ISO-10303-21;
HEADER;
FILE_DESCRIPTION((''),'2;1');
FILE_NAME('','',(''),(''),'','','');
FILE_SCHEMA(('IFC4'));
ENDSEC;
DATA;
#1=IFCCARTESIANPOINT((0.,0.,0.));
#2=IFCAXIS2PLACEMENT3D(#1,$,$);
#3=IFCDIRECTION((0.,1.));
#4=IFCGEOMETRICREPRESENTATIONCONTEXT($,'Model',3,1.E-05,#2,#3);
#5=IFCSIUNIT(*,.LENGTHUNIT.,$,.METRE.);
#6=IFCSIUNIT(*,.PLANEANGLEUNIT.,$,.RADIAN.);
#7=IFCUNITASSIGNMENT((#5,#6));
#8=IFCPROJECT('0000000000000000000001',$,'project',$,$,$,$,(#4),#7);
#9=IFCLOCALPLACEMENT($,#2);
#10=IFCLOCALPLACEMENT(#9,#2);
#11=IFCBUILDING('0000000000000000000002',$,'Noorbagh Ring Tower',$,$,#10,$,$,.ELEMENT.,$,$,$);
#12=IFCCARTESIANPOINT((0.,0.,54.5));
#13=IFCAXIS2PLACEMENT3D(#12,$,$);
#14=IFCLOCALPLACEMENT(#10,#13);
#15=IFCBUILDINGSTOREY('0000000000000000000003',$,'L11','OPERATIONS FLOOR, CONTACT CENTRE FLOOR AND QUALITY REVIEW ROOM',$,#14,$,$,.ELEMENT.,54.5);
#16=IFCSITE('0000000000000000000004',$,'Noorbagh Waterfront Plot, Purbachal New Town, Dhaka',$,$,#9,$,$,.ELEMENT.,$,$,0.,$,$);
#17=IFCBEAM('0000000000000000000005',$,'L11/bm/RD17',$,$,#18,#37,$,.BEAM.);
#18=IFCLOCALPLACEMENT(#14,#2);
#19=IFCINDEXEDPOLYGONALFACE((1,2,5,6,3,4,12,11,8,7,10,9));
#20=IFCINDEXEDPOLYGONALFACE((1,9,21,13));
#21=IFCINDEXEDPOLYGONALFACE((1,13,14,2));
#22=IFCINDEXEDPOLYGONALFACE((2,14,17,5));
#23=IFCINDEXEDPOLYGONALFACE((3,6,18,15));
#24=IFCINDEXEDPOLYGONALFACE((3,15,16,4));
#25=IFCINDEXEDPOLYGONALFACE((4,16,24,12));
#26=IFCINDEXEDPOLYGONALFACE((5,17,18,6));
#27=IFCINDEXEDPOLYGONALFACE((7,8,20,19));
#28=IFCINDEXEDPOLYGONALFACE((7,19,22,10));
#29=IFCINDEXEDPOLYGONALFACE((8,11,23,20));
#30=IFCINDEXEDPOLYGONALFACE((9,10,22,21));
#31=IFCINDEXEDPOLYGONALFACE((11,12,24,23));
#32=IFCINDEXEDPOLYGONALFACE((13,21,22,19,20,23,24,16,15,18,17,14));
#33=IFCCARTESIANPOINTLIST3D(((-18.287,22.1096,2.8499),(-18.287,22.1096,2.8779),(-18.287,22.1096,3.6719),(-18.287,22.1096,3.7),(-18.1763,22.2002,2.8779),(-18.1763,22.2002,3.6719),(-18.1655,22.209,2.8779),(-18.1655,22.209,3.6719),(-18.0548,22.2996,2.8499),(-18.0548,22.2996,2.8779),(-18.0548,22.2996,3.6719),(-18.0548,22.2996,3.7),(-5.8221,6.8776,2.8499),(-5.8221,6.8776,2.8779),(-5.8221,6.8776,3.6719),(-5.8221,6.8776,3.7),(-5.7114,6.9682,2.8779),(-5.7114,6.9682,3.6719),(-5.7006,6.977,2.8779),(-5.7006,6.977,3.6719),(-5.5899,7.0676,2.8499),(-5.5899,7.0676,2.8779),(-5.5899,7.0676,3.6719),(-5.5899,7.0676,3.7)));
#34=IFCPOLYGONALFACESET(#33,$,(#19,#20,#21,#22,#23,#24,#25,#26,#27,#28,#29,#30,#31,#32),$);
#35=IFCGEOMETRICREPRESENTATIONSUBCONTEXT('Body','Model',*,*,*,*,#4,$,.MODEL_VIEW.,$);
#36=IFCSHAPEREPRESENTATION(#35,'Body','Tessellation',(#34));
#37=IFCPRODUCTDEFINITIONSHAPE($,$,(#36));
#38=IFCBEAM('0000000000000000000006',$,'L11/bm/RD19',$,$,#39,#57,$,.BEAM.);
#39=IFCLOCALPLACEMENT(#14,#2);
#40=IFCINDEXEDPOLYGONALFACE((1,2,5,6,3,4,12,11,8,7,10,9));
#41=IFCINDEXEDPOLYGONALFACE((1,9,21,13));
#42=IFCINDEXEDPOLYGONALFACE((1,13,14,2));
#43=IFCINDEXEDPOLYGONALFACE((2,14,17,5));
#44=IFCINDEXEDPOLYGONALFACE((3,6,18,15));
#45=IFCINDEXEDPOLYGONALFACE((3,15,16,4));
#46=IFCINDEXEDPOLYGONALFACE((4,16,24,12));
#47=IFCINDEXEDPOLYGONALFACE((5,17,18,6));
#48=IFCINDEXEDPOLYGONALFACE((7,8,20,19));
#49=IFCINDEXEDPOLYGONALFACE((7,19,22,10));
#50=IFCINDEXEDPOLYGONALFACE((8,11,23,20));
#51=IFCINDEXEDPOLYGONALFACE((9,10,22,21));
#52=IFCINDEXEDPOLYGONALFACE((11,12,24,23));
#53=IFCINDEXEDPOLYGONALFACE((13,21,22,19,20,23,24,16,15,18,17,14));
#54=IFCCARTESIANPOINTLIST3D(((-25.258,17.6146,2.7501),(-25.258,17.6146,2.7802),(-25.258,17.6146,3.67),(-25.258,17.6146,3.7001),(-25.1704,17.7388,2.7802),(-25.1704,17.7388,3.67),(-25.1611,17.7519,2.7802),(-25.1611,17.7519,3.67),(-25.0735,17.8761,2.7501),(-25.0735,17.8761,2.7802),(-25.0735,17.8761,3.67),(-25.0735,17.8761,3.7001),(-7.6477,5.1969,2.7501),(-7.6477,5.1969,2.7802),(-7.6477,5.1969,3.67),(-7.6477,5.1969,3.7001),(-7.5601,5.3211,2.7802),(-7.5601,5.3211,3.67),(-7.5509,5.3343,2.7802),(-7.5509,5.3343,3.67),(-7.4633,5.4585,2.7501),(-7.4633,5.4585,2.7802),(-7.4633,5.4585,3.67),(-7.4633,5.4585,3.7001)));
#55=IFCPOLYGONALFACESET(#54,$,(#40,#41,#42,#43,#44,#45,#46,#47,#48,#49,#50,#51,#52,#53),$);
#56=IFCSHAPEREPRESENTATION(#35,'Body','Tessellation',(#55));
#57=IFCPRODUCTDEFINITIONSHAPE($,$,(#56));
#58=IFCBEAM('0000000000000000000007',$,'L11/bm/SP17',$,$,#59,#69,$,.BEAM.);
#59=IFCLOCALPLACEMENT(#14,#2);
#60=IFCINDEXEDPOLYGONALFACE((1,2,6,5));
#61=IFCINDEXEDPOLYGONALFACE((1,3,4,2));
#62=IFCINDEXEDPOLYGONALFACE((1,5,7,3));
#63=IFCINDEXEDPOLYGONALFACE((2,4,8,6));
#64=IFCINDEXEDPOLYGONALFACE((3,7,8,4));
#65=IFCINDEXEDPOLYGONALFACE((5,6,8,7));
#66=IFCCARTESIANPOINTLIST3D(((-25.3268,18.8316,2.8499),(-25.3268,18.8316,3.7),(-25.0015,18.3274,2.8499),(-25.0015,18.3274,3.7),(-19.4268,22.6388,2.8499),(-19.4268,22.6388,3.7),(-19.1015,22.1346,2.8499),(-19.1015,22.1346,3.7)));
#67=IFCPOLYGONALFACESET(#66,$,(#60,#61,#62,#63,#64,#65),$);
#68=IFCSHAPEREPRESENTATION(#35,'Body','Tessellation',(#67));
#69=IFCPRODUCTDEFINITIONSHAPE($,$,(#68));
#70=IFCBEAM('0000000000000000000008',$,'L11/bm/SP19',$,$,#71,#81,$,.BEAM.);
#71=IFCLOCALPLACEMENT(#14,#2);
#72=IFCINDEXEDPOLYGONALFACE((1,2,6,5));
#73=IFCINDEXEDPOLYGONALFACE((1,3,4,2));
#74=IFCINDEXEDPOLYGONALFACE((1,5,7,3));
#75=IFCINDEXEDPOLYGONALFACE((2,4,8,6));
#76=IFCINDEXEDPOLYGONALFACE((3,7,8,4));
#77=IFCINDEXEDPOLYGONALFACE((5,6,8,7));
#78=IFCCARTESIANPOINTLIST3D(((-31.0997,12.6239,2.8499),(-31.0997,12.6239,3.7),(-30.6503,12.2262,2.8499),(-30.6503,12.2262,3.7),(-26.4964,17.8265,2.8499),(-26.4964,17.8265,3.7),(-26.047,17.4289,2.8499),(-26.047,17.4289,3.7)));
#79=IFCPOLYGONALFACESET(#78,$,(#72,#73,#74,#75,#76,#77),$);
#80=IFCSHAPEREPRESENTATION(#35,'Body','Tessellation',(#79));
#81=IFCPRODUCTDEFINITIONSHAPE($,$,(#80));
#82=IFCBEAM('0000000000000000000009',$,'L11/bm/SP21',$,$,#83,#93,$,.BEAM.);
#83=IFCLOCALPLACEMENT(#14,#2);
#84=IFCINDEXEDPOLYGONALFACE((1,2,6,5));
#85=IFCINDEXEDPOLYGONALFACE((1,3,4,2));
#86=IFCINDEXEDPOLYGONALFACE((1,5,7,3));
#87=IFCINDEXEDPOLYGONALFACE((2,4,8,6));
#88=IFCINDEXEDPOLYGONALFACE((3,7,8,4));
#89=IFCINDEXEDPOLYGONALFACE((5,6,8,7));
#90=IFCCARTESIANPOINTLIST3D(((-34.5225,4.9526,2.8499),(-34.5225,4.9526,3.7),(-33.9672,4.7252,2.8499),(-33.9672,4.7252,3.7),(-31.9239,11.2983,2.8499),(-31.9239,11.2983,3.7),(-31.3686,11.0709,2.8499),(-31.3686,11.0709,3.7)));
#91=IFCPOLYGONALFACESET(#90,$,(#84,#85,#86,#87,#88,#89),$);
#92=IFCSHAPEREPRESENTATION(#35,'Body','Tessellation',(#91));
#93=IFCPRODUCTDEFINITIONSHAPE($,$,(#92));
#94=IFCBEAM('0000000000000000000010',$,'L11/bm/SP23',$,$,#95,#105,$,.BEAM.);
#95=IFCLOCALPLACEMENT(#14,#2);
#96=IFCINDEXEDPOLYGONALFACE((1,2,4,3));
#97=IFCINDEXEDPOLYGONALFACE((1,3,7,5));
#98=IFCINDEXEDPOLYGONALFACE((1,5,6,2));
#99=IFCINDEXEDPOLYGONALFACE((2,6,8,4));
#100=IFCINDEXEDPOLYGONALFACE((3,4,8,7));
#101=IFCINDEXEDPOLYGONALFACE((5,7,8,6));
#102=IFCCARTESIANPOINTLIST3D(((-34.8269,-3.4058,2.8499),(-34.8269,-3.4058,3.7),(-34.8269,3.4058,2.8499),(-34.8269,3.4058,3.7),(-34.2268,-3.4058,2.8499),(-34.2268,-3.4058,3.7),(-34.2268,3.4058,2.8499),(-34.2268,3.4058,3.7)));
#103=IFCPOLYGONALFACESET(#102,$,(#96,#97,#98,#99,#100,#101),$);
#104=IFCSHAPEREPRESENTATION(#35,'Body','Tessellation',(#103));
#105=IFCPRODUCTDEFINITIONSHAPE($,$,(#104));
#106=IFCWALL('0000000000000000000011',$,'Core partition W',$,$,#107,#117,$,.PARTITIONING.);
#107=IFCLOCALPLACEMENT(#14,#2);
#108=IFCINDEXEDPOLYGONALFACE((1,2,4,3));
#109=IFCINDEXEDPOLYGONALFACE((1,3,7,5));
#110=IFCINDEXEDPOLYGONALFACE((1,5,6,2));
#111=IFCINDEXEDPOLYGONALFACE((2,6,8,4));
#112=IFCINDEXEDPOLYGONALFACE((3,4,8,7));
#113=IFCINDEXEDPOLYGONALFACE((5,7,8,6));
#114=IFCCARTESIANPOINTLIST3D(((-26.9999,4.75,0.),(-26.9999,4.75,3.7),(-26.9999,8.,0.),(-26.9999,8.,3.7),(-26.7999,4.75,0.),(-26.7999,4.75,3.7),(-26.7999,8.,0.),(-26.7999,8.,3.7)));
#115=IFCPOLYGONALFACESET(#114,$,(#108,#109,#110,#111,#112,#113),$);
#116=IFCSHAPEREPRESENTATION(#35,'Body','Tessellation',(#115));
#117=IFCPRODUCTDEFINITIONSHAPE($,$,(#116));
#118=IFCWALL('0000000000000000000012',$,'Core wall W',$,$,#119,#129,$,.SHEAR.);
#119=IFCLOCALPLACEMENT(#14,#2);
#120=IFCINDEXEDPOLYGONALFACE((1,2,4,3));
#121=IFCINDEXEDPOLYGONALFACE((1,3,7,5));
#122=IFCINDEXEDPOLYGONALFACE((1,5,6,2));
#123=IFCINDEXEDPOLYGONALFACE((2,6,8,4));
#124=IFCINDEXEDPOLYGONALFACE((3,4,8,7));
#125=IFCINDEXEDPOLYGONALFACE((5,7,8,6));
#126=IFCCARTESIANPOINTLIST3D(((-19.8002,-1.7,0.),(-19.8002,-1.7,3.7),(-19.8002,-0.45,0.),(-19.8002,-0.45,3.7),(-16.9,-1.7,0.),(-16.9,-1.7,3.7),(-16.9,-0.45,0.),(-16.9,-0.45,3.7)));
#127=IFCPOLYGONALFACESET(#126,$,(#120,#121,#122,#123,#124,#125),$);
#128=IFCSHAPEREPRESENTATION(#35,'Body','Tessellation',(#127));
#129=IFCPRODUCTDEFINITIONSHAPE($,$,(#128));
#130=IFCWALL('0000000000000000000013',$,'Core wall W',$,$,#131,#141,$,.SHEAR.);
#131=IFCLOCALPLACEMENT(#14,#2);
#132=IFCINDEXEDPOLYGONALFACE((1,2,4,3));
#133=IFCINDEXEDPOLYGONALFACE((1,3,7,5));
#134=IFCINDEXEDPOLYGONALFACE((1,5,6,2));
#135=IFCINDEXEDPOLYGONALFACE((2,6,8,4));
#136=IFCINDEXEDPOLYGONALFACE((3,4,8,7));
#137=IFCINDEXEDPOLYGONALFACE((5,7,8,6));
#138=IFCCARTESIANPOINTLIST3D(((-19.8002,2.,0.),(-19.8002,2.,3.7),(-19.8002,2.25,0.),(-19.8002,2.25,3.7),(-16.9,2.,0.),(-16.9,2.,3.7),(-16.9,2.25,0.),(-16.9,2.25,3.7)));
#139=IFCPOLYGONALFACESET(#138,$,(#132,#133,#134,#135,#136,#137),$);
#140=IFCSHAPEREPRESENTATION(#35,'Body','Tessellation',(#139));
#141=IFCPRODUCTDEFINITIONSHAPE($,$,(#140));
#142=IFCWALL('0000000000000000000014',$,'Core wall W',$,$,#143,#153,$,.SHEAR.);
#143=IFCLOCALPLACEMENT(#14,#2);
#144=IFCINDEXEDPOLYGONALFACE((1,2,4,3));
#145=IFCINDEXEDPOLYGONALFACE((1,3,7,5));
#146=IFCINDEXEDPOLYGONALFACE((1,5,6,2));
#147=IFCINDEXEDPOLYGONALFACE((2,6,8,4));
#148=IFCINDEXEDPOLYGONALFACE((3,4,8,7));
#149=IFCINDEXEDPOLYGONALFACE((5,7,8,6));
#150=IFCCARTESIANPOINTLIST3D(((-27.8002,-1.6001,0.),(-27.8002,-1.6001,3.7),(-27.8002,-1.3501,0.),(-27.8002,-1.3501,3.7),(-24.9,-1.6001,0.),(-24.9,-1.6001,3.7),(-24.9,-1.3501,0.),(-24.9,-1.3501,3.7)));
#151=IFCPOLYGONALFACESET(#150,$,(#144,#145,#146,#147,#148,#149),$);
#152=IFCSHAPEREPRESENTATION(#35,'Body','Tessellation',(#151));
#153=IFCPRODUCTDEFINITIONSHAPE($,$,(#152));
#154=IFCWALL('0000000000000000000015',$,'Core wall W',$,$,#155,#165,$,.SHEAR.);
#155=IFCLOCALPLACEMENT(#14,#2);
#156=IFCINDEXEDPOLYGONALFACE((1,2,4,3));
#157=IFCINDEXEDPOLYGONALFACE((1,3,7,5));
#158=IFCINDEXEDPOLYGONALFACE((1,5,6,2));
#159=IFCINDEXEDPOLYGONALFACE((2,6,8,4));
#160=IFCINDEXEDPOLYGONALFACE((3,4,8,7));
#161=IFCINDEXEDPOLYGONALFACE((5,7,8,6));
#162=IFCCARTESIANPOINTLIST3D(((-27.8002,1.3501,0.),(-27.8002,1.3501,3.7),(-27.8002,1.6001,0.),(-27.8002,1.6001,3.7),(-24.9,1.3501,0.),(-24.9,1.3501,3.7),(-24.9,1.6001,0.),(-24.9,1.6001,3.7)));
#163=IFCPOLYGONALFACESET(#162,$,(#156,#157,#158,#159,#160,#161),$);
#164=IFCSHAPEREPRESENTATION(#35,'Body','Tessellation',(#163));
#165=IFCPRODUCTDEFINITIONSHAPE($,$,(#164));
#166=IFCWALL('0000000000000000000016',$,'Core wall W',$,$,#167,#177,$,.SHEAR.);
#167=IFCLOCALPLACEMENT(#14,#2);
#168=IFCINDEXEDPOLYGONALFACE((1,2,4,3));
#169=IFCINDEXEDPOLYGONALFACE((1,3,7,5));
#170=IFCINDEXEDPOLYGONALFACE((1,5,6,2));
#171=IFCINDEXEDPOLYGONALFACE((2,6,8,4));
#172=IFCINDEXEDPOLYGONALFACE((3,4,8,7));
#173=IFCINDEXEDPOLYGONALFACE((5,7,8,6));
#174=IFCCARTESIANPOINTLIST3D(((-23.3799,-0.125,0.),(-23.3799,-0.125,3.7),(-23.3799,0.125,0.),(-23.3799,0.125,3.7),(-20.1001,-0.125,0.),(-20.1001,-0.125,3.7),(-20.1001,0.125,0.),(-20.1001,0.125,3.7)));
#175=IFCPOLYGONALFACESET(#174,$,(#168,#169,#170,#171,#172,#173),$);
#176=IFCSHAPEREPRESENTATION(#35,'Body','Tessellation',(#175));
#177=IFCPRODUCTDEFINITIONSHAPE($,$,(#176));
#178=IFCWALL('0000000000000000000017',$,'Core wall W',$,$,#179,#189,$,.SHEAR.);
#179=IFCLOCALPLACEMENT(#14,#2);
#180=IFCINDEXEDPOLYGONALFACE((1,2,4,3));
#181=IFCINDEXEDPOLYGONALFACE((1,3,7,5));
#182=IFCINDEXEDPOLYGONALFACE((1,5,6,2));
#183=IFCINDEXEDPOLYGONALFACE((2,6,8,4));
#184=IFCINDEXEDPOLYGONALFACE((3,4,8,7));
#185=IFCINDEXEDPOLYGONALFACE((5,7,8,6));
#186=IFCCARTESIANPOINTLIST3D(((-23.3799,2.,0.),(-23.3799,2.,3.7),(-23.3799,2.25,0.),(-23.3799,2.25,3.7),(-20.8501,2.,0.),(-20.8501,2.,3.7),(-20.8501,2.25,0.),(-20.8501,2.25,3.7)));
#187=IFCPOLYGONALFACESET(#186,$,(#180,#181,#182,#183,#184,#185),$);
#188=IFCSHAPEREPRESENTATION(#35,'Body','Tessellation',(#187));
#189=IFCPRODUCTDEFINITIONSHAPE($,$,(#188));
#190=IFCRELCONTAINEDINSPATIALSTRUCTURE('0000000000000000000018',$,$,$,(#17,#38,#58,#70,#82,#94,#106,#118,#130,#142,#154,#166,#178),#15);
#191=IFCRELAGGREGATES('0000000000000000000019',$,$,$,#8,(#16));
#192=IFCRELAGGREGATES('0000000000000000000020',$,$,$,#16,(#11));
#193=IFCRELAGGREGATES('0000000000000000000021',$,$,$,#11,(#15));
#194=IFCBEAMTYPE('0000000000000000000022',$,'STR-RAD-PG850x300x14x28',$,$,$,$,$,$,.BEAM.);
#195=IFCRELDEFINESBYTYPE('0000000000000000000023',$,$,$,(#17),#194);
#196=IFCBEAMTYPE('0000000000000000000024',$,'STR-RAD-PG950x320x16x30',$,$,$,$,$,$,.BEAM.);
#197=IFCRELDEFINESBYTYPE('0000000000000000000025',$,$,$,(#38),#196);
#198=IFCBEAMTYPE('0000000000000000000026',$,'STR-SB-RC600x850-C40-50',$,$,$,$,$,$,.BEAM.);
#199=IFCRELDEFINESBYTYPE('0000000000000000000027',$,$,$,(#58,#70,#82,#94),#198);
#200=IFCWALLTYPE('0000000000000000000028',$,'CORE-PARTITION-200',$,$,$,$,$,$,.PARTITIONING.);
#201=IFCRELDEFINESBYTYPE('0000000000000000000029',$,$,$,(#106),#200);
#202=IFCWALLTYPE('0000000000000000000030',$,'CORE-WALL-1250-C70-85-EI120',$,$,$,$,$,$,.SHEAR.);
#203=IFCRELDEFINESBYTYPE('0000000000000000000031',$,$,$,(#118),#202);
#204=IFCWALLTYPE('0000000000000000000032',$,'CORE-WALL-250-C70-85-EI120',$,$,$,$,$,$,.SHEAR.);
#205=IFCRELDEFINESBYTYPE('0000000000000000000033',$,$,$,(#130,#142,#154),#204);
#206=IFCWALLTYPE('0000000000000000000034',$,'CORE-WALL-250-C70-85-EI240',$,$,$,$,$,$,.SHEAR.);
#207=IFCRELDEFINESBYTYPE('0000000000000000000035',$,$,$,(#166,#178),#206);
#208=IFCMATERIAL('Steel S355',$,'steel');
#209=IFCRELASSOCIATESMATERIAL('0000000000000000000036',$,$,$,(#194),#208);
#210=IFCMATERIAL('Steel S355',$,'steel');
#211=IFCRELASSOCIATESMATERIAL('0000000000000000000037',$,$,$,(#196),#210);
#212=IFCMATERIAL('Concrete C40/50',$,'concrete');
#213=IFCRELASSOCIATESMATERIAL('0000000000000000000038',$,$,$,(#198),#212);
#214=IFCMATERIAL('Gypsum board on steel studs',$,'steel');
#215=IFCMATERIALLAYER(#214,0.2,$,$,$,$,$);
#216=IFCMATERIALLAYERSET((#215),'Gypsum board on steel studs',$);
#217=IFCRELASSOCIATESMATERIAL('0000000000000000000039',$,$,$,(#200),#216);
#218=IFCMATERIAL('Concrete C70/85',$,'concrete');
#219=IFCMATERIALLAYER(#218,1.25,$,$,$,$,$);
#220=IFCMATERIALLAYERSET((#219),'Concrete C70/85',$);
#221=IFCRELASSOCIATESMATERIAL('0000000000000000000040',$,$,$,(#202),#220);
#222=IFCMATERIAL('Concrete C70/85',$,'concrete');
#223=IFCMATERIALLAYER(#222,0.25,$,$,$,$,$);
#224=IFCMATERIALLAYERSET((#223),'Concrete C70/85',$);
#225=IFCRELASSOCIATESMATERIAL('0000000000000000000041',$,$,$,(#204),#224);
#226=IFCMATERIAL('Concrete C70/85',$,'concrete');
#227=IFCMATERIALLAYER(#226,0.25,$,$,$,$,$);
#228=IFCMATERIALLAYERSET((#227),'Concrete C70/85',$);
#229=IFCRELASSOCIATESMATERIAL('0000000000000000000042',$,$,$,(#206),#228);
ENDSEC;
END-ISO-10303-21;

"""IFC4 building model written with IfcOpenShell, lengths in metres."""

from ifc_helpers import new_model, si_unit, direction, frame, frame_2d, origin, origin_2d, place, context, subcontext, project, spatial, rectangle, i_section, extrude, material, layer, layer_set, material_profile, profile_set, type_object, element, save


model = new_model("IFC4")

# Units and contexts
model_context = context("Model", 3, precision=1e-05, world=origin(), true_north=direction((0.0, 1.0)))
body_context = subcontext(model_context, "Body", "Model", "MODEL_VIEW")
ifc_project = project(units=[si_unit("LENGTHUNIT", "METRE"), si_unit("PLANEANGLEUNIT", "RADIAN")], contexts=[model_context])

# Site, building, storey
site_placement = place(None, origin())
site = spatial("IfcSite", under=ifc_project, at=site_placement, Name="Noorbagh Waterfront Plot, Purbachal New Town, Dhaka", CompositionType="ELEMENT", RefElevation=0.0)
building_placement = place(site_placement, origin())
building = spatial("IfcBuilding", under=site, at=building_placement, Name="Noorbagh Ring Tower", CompositionType="ELEMENT")
storey_placement = place(building_placement, frame((0.0, 0.0, 54.5)))
storey = spatial("IfcBuildingStorey", under=building, at=storey_placement, Name="L11", Description="OPERATIONS FLOOR, CONTACT CENTRE FLOOR AND QUALITY REVIEW ROOM", CompositionType="ELEMENT", Elevation=54.5)

# Beams
ifc_material_1 = material(Name="Steel S355", Category="steel")
ifc_material_profile_1 = material_profile(ifc_material_1, i_section(OverallWidth=0.3, OverallDepth=0.8501, WebThickness=0.0139, FlangeThickness=0.0281, at=origin_2d()), Name="PG850x300x14x28")
ifc_profile_set_1 = profile_set([ifc_material_profile_1], Name="Steel S355")
beam_type_1 = type_object("IfcBeamType", Name="STR-RAD-PG850x300x14x28", PredefinedType="BEAM", material=ifc_profile_set_1)
beam_1_placement = place(storey_placement, frame((-18.1709, 22.2046, 3.2749), z_axis=(0.633309, -0.773899, 0.0), x_axis=(0.773899, 0.633309, 0.0)))
element("IfcBeam", 1, at=beam_1_placement, inside=storey, type_object=beam_type_1, Name="L11/bm/RD17", PredefinedType="BEAM", context=body_context, shape_type="SweptSolid", body=[
    extrude(i_section(OverallWidth=0.3, OverallDepth=0.8501, WebThickness=0.0139, FlangeThickness=0.0281, at=origin_2d()), origin(), (0.0, 0.0, 1.0), 19.6821),
])
ifc_material_2 = material(Name="Steel S355", Category="steel")
ifc_material_profile_2 = material_profile(ifc_material_2, i_section(OverallWidth=0.3201, OverallDepth=0.95, WebThickness=0.0161, FlangeThickness=0.03, at=origin_2d()), Name="PG950x320x16x30")
ifc_profile_set_2 = profile_set([ifc_material_profile_2], Name="Steel S355")
beam_type_2 = type_object("IfcBeamType", Name="STR-RAD-PG950x320x16x30", PredefinedType="BEAM", material=ifc_profile_set_2)
beam_2_placement = place(storey_placement, frame((-25.1658, 17.7454, 3.2251), z_axis=(0.817254, -0.576277, 0.0), x_axis=(0.576277, 0.817254, 0.0)))
element("IfcBeam", 2, at=beam_2_placement, inside=storey, type_object=beam_type_2, Name="L11/bm/RD19", PredefinedType="BEAM", context=body_context, shape_type="SweptSolid", body=[
    extrude(i_section(OverallWidth=0.3201, OverallDepth=0.95, WebThickness=0.0161, FlangeThickness=0.03, at=origin_2d()), origin(), (0.0, 0.0, 1.0), 21.5481),
])
ifc_material_3 = material(Name="Concrete C40/50", Category="concrete")
ifc_material_profile_3 = material_profile(ifc_material_3, rectangle(XDim=0.6001, YDim=0.8501, at=origin_2d()), Name="RC600x850")
ifc_profile_set_3 = profile_set([ifc_material_profile_3], Name="Concrete C40/50")
beam_type_3 = type_object("IfcBeamType", Name="STR-SB-RC600x850-C40-50", PredefinedType="BEAM", material=ifc_profile_set_3)
beam_3_placement = place(storey_placement, frame((-19.2642, 22.3867, 3.2749), z_axis=(-0.840249, -0.542201, 0.0), x_axis=(0.542201, -0.840249, 0.0)))
element("IfcBeam", 3, at=beam_3_placement, inside=storey, type_object=beam_type_3, Name="L11/bm/SP17", PredefinedType="BEAM", context=body_context, shape_type="SweptSolid", body=[
    extrude(rectangle(XDim=0.6001, YDim=0.8501, at=origin_2d()), origin(), (0.0, 0.0, 1.0), 7.0217),
])
beam_4_placement = place(storey_placement, frame((-26.2717, 17.6277, 3.2749), z_axis=(-0.66265, -0.748929, 0.0), x_axis=(0.748929, -0.66265, 0.0)))
element("IfcBeam", 4, at=beam_4_placement, inside=storey, type_object=beam_type_3, Name="L11/bm/SP19", PredefinedType="BEAM", context=body_context, shape_type="SweptSolid", body=[
    extrude(rectangle(XDim=0.6001, YDim=0.8501, at=origin_2d()), origin(), (0.0, 0.0, 1.0), 6.9468),
])
beam_5_placement = place(storey_placement, frame((-31.6462, 11.1846, 3.2749), z_axis=(-0.378966, -0.925411, 0.0), x_axis=(0.925411, -0.378966, 0.0)))
element("IfcBeam", 5, at=beam_5_placement, inside=storey, type_object=beam_type_3, Name="L11/bm/SP21", PredefinedType="BEAM", context=body_context, shape_type="SweptSolid", body=[
    extrude(rectangle(XDim=0.6001, YDim=0.8501, at=origin_2d()), origin(), (0.0, 0.0, 1.0), 6.8572),
])
beam_6_placement = place(storey_placement, frame((-34.5269, 3.4058, 3.2749), z_axis=(0.0, -1.0, 0.0), x_axis=(1.0, 0.0, 0.0)))
element("IfcBeam", 6, at=beam_6_placement, inside=storey, type_object=beam_type_3, Name="L11/bm/SP23", PredefinedType="BEAM", context=body_context, shape_type="SweptSolid", body=[
    extrude(rectangle(XDim=0.6001, YDim=0.8501, at=origin_2d()), origin(), (0.0, 0.0, 1.0), 6.8115),
])

# Walls
ifc_material_4 = material(Name="Gypsum board on steel studs", Category="steel")
ifc_layer_1 = layer(ifc_material_4, 0.2)
ifc_layer_set_1 = layer_set([ifc_layer_1], Name="Gypsum board on steel studs")
wall_type_1 = type_object("IfcWallType", Name="CORE-PARTITION-200", PredefinedType="PARTITIONING", material=ifc_layer_set_1)
wall_1_placement = place(storey_placement, frame((-26.8999, 4.75, 0.0), z_axis=(0.0, 0.0, 1.0), x_axis=(0.0, 1.0, 0.0)))
element("IfcWall", 7, at=wall_1_placement, inside=storey, type_object=wall_type_1, Name="Core partition W", PredefinedType="PARTITIONING", context=body_context, shape_type="SweptSolid", body=[
    extrude(rectangle(XDim=3.25, YDim=0.2, at=frame_2d((1.625, 0.0))), origin(), (0.0, 0.0, 1.0), 3.7),
])
ifc_material_5 = material(Name="Concrete C70/85", Category="concrete")
ifc_layer_2 = layer(ifc_material_5, 1.25)
ifc_layer_set_2 = layer_set([ifc_layer_2], Name="Concrete C70/85")
wall_type_2 = type_object("IfcWallType", Name="CORE-WALL-1250-C70-85-EI120", PredefinedType="SHEAR", material=ifc_layer_set_2)
wall_2_placement = place(storey_placement, frame((-16.8999, -1.075, 0.0), z_axis=(0.0, 0.0, 1.0), x_axis=(-1.0, 0.0, 0.0)))
element("IfcWall", 8, at=wall_2_placement, inside=storey, type_object=wall_type_2, Name="Core wall W", PredefinedType="SHEAR", context=body_context, shape_type="SweptSolid", body=[
    extrude(rectangle(XDim=2.9001, YDim=1.25, at=frame_2d((1.4502, 0.0))), origin(), (0.0, 0.0, 1.0), 3.7),
])
ifc_material_6 = material(Name="Concrete C70/85", Category="concrete")
ifc_layer_3 = layer(ifc_material_6, 0.25)
ifc_layer_set_3 = layer_set([ifc_layer_3], Name="Concrete C70/85")
wall_type_3 = type_object("IfcWallType", Name="CORE-WALL-250-C70-85-EI120", PredefinedType="SHEAR", material=ifc_layer_set_3)
for number, where, z_axis, x_axis, name in (
    (9, (-16.8999, 2.125, 0.0), (0.0, 0.0, 1.0), (-1.0, 0.0, 0.0), "Core wall W"),
    (10, (-24.8999, -1.4751, 0.0), (0.0, 0.0, 1.0), (-1.0, 0.0, 0.0), "Core wall W"),
    (11, (-24.8999, 1.4751, 0.0), (0.0, 0.0, 1.0), (-1.0, 0.0, 0.0), "Core wall W"),
):
    element("IfcWall", number, at=place(storey_placement, frame(where, z_axis=z_axis, x_axis=x_axis)), inside=storey, type_object=wall_type_3, Name=name, PredefinedType="SHEAR", context=body_context, shape_type="SweptSolid", body=[
        extrude(rectangle(XDim=2.9001, YDim=0.25, at=frame_2d((1.4502, 0.0))), origin(), (0.0, 0.0, 1.0), 3.7),
    ])
ifc_material_7 = material(Name="Concrete C70/85", Category="concrete")
ifc_layer_4 = layer(ifc_material_7, 0.25)
ifc_layer_set_4 = layer_set([ifc_layer_4], Name="Concrete C70/85")
wall_type_4 = type_object("IfcWallType", Name="CORE-WALL-250-C70-85-EI240", PredefinedType="SHEAR", material=ifc_layer_set_4)
wall_3_placement = place(storey_placement, frame((-20.1001, 0.0, 0.0), z_axis=(0.0, 0.0, 1.0), x_axis=(-1.0, 0.0, 0.0)))
element("IfcWall", 12, at=wall_3_placement, inside=storey, type_object=wall_type_4, Name="Core wall W", PredefinedType="SHEAR", context=body_context, shape_type="SweptSolid", body=[
    extrude(rectangle(XDim=3.2798, YDim=0.25, at=frame_2d((1.6399, 0.0))), origin(), (0.0, 0.0, 1.0), 3.7),
])
wall_4_placement = place(storey_placement, frame((-20.8501, 2.125, 0.0), z_axis=(0.0, 0.0, 1.0), x_axis=(-1.0, 0.0, 0.0)))
element("IfcWall", 13, at=wall_4_placement, inside=storey, type_object=wall_type_4, Name="Core wall W", PredefinedType="SHEAR", context=body_context, shape_type="SweptSolid", body=[
    extrude(rectangle(XDim=2.5298, YDim=0.25, at=frame_2d((1.2649, 0.0))), origin(), (0.0, 0.0, 1.0), 3.7),
])

save(model, "model.ifc")
